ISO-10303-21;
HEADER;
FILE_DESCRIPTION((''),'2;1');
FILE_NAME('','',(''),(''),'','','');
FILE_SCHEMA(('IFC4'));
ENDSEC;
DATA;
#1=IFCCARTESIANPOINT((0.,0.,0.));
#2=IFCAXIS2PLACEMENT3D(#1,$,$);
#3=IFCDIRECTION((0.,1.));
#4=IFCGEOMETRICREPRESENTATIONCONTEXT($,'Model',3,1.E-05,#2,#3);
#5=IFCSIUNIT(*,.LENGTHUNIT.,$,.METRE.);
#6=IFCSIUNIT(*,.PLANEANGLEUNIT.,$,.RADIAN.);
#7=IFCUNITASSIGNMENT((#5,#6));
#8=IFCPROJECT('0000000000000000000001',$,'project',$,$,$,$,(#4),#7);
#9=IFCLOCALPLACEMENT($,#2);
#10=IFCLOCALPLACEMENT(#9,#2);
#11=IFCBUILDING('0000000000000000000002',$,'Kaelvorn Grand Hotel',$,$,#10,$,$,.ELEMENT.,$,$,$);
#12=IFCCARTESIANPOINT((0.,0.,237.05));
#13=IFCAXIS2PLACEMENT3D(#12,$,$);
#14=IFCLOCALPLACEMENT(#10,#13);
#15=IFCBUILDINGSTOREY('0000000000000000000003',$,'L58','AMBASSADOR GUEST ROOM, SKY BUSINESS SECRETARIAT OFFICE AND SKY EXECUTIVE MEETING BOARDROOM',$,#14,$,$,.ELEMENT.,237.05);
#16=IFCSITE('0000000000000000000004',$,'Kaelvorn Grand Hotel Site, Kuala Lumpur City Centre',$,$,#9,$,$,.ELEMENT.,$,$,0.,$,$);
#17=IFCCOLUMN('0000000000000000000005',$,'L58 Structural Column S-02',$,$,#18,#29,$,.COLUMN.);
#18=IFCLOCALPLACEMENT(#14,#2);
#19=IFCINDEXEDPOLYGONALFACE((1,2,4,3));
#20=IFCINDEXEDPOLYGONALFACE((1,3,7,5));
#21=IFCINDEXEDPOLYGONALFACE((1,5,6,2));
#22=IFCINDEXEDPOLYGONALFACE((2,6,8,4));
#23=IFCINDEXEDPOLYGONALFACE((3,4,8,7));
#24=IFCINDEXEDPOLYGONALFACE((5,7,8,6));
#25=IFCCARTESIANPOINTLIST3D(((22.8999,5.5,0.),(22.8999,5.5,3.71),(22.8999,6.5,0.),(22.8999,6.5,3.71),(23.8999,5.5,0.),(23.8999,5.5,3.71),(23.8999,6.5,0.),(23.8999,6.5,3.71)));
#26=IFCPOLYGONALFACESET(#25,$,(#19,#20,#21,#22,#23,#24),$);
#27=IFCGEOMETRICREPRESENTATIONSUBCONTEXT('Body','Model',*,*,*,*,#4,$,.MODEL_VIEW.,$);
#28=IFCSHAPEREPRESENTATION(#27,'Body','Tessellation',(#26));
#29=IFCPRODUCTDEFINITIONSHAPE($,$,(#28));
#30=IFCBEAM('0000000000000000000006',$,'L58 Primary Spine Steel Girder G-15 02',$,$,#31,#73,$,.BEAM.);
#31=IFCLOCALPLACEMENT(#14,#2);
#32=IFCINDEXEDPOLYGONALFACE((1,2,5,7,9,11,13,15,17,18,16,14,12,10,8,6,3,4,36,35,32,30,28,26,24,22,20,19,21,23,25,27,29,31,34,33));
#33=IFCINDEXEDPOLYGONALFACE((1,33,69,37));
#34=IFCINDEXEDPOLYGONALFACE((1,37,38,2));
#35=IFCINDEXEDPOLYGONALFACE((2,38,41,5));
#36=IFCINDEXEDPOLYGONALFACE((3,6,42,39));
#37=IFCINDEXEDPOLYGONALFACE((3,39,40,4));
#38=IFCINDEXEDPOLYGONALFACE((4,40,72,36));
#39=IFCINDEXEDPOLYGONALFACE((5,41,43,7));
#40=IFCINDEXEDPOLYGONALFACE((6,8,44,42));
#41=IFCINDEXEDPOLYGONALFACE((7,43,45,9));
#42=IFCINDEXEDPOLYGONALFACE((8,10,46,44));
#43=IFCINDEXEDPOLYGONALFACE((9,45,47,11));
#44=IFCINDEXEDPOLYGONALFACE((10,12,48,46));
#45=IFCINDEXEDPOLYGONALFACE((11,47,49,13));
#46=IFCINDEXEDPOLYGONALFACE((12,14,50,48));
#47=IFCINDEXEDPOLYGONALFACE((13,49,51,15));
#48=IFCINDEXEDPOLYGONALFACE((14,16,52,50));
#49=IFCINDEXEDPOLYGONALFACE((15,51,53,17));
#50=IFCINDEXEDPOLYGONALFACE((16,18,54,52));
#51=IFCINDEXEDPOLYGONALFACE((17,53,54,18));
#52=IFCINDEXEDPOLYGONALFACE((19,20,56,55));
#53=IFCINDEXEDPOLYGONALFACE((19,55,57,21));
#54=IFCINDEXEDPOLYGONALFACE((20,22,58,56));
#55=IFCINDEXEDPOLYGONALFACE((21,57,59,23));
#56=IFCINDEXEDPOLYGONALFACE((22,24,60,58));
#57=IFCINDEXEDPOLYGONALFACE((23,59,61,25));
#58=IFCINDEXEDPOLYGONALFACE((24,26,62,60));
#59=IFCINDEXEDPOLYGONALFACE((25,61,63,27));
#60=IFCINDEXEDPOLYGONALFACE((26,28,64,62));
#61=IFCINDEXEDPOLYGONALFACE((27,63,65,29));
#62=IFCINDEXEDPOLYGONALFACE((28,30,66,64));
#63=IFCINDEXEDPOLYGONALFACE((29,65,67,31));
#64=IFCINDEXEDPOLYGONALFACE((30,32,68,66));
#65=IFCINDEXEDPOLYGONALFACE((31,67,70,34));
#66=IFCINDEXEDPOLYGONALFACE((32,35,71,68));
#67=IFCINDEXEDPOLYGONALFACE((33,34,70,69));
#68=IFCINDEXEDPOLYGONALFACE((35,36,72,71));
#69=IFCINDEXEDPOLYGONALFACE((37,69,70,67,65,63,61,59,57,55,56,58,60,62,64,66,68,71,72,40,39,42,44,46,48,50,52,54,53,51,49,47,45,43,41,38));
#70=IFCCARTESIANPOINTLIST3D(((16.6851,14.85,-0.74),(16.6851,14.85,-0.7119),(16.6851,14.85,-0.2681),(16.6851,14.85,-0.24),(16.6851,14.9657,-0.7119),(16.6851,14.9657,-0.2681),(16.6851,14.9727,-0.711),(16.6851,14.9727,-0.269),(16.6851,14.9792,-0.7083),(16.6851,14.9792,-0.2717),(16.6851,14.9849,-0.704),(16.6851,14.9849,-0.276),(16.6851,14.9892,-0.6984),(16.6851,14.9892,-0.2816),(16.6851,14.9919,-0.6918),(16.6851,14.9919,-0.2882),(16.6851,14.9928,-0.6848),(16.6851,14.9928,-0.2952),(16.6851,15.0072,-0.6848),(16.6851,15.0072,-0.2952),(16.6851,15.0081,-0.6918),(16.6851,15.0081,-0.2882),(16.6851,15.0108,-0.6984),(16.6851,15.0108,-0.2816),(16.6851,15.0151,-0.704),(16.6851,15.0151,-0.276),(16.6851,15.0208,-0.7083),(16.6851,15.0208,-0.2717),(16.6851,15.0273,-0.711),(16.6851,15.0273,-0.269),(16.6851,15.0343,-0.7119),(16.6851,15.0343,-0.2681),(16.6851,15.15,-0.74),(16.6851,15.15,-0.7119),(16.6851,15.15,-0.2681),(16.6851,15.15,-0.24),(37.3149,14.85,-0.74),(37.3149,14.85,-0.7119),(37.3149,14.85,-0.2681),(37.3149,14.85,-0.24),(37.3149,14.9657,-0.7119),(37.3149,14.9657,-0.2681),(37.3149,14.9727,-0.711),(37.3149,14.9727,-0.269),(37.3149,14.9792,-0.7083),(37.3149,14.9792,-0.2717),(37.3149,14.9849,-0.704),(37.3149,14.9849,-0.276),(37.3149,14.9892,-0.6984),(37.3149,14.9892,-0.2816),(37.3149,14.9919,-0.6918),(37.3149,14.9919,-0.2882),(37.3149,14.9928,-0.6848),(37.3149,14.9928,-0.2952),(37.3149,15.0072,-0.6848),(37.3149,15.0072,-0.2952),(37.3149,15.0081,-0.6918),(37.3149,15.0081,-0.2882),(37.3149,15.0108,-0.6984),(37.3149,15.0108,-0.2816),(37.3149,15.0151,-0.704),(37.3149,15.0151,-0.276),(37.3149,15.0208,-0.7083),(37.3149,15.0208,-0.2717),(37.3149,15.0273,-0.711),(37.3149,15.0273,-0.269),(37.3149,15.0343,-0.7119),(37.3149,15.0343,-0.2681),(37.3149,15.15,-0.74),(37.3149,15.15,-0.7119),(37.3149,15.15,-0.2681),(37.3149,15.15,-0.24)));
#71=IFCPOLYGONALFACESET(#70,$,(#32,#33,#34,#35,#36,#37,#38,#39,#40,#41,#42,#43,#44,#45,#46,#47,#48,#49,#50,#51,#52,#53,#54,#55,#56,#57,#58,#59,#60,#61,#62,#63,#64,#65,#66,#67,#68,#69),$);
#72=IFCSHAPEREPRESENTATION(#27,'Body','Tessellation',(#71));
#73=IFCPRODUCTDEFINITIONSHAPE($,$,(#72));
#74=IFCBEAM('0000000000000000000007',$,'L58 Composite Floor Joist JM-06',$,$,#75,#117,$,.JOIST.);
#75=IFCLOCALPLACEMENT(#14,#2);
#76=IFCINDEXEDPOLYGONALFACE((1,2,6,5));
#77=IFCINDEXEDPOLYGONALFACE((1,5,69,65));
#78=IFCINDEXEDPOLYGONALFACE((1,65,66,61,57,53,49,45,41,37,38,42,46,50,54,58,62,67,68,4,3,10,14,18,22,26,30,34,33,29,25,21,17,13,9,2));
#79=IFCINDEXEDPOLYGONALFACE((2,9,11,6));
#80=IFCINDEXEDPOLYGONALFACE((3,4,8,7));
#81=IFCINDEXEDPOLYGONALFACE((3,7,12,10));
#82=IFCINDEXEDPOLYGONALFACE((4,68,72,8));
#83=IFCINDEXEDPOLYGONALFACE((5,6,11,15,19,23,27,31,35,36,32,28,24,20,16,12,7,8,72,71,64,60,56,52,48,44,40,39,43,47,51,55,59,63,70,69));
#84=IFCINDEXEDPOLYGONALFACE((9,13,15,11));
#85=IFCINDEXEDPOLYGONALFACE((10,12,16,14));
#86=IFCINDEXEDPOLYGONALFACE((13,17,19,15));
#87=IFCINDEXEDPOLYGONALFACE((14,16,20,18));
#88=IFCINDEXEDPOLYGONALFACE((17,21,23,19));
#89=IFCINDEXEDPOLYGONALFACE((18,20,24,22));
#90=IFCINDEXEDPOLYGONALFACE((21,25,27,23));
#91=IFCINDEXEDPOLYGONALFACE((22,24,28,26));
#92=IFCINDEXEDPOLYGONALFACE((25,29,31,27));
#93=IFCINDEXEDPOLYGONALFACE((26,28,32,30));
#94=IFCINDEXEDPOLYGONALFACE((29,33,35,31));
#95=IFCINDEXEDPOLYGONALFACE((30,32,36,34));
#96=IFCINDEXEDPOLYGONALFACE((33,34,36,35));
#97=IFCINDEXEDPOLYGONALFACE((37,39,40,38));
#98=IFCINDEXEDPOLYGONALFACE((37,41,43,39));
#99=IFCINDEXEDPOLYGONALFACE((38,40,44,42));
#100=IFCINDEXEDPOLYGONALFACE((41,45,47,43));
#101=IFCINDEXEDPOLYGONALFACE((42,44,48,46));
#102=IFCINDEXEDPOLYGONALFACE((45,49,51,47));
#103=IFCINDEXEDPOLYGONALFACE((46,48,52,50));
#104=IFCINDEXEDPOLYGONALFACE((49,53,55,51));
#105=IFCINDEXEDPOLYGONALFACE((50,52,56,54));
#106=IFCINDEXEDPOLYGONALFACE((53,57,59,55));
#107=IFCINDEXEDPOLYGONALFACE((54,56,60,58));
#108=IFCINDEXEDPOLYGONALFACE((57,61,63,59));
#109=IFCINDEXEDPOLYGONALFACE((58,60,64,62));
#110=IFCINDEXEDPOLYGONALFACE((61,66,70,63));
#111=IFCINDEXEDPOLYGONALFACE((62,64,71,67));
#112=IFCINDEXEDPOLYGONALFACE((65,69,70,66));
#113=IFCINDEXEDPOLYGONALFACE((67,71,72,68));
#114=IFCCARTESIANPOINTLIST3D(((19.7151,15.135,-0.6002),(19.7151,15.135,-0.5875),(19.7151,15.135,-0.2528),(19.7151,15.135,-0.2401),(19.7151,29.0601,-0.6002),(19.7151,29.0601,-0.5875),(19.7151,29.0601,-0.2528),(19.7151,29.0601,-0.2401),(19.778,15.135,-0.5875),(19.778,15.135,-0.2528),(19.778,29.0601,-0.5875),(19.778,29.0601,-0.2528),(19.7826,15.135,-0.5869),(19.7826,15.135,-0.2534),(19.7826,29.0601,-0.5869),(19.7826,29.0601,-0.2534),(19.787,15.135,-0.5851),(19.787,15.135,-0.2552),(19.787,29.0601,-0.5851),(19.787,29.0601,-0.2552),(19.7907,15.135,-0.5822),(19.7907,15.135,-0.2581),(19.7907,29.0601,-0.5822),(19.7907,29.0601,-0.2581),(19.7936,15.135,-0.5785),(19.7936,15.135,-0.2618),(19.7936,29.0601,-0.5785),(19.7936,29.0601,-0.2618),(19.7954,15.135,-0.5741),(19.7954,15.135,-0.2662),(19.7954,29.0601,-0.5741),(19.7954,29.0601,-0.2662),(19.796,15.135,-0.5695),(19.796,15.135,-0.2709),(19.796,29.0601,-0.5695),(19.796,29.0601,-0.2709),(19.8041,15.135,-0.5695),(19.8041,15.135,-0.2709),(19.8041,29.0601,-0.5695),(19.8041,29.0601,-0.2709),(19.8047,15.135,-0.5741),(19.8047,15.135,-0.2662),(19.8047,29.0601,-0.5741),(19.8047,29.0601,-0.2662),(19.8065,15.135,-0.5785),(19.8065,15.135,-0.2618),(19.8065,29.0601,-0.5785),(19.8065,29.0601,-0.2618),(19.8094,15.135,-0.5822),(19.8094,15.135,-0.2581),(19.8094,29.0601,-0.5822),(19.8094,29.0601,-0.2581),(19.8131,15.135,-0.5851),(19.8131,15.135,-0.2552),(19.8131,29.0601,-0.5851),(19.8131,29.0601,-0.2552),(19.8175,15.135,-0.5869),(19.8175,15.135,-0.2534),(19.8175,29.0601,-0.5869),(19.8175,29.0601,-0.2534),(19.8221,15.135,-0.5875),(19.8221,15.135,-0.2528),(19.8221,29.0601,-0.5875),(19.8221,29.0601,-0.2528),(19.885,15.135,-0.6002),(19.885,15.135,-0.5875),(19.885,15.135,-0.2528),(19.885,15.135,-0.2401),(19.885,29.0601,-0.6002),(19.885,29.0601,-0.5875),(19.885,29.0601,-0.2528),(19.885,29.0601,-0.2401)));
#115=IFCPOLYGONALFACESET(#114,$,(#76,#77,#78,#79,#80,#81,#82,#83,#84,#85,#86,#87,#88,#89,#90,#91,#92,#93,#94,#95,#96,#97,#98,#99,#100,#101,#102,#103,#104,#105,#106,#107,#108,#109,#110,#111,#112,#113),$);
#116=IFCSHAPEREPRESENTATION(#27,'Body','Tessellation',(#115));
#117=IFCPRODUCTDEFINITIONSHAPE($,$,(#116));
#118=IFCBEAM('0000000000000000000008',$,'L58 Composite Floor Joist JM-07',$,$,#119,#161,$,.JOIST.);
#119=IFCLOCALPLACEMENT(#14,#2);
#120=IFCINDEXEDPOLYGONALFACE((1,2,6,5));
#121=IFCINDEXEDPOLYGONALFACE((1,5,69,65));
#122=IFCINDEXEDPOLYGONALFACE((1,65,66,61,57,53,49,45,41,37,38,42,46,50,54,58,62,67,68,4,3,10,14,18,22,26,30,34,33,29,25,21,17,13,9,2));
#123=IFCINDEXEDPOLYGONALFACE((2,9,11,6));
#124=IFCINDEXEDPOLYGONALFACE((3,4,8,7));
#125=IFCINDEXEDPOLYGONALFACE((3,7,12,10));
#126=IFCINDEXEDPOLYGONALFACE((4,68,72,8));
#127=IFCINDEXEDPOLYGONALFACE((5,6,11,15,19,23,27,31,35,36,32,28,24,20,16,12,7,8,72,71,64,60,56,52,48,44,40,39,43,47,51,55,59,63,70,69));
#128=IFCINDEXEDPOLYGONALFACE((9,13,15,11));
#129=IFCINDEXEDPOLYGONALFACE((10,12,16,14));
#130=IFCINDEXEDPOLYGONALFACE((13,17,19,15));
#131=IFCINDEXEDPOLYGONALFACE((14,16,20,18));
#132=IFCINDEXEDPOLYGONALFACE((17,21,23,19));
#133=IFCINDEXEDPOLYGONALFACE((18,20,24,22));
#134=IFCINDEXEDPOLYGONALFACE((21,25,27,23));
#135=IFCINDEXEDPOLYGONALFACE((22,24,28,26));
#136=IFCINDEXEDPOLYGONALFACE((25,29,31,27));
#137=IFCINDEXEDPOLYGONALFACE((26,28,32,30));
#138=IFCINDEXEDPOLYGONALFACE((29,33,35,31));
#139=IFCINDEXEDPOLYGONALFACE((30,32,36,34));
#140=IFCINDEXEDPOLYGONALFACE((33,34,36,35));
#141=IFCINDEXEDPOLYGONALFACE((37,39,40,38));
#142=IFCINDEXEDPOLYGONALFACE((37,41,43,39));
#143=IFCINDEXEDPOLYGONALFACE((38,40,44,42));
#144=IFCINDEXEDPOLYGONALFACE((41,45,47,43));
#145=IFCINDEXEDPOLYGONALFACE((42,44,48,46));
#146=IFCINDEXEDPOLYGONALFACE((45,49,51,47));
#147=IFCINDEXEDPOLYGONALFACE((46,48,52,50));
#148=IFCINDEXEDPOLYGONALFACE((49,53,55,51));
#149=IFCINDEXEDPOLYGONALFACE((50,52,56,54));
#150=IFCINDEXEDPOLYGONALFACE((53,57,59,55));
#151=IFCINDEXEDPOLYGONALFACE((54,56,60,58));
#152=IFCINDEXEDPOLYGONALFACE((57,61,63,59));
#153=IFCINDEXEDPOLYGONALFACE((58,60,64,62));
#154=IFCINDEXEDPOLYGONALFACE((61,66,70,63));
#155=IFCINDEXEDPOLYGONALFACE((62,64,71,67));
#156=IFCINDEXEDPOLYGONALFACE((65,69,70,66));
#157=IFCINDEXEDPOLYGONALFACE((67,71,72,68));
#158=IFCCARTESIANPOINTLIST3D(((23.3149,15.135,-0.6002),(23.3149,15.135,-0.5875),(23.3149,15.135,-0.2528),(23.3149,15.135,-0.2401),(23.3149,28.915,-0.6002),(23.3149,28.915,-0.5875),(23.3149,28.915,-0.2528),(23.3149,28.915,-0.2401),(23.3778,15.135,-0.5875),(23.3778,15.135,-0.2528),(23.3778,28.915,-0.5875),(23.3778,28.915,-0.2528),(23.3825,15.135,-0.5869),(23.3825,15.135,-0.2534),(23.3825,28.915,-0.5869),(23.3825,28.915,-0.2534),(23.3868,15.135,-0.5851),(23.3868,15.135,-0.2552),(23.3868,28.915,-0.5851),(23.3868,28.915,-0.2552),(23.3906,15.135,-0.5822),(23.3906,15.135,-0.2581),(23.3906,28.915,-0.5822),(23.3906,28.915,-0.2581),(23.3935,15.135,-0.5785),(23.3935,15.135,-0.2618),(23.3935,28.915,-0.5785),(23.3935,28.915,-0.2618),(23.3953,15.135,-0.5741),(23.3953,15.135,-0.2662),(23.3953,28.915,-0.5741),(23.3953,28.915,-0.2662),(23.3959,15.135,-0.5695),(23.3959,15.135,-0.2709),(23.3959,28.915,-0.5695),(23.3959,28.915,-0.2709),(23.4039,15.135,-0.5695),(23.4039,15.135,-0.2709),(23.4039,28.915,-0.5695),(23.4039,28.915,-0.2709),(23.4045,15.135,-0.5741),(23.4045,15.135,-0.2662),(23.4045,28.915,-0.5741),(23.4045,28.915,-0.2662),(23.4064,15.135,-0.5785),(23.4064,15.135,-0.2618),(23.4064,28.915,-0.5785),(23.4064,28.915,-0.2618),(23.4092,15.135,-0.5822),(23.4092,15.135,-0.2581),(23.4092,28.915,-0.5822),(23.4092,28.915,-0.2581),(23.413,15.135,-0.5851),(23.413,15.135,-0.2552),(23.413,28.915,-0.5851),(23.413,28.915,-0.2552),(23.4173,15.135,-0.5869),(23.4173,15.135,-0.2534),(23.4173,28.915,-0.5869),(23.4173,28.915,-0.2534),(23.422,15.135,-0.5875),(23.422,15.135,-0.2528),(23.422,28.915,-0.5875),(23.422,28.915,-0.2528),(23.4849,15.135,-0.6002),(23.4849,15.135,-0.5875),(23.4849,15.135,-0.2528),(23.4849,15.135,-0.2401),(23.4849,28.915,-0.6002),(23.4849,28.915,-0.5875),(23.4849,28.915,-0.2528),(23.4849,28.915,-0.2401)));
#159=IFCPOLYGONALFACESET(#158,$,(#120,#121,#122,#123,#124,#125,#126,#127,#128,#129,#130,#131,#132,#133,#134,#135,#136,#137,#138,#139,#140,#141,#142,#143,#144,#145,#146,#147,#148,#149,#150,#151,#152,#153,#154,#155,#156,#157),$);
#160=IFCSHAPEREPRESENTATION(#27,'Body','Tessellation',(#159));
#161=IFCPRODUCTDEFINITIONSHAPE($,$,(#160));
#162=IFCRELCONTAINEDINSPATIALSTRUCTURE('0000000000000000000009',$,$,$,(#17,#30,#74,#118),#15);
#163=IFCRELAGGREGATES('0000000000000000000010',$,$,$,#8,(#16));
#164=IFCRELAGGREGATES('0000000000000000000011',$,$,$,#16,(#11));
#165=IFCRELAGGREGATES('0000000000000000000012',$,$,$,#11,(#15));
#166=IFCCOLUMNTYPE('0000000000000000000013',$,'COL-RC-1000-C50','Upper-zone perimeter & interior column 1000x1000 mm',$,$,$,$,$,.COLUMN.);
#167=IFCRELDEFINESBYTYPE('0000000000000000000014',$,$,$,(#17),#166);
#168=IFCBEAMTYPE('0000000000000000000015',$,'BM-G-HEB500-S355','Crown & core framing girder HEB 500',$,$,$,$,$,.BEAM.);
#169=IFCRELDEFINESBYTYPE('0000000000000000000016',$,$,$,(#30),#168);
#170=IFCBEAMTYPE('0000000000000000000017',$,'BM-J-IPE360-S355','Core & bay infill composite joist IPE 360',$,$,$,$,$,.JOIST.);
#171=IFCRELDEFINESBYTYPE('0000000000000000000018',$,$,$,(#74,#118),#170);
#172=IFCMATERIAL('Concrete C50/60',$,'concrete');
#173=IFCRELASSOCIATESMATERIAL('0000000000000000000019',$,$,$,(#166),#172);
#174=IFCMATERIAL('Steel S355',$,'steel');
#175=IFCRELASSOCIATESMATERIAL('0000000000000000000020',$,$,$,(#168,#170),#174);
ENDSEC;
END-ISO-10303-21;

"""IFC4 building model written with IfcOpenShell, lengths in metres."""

from ifc_helpers import new_model, si_unit, direction, frame, origin, origin_2d, place, context, subcontext, project, spatial, rectangle, i_section, extrude, material, material_profile, profile_set, type_object, element, save


model = new_model("IFC4")

# Units and contexts
model_context = context("Model", 3, precision=1e-05, world=origin(), true_north=direction((0.0, 1.0)))
body_context = subcontext(model_context, "Body", "Model", "MODEL_VIEW")
ifc_project = project(units=[si_unit("LENGTHUNIT", "METRE"), si_unit("PLANEANGLEUNIT", "RADIAN")], contexts=[model_context])

# Site, building, storey
site_placement = place(None, origin())
site = spatial("IfcSite", under=ifc_project, at=site_placement, Name="Kaelvorn Grand Hotel Site, Kuala Lumpur City Centre", CompositionType="ELEMENT", RefElevation=0.0)
building_placement = place(site_placement, origin())
building = spatial("IfcBuilding", under=site, at=building_placement, Name="Kaelvorn Grand Hotel", CompositionType="ELEMENT")
storey_placement = place(building_placement, frame((0.0, 0.0, 237.05)))
storey = spatial("IfcBuildingStorey", under=building, at=storey_placement, Name="L58", Description="AMBASSADOR GUEST ROOM, SKY BUSINESS SECRETARIAT OFFICE AND SKY EXECUTIVE MEETING BOARDROOM", CompositionType="ELEMENT", Elevation=237.05)

# Column
ifc_material_1 = material(Name="Concrete C50/60", Category="concrete")
ifc_material_profile_1 = material_profile(ifc_material_1, rectangle(XDim=1.0, YDim=1.0, at=origin_2d()), Name="RC COL 1000x1000")
ifc_profile_set_1 = profile_set([ifc_material_profile_1], Name="Concrete C50/60")
column_type = type_object("IfcColumnType", Name="COL-RC-1000-C50", Description="Upper-zone perimeter & interior column 1000x1000 mm", PredefinedType="COLUMN", material=ifc_profile_set_1)
column_placement = place(storey_placement, frame((23.3999, 6.0, 0.0), z_axis=(0.0, 0.0, 1.0), x_axis=(1.0, 0.0, 0.0)))
element("IfcColumn", 1, at=column_placement, inside=storey, type_object=column_type, Name="L58 Structural Column S-02", PredefinedType="COLUMN", context=body_context, shape_type="SweptSolid", body=[
    extrude(rectangle(XDim=1.0, YDim=1.0, at=origin_2d()), origin(), (0.0, 0.0, 1.0), 3.71),
])

# Beams
ifc_material_2 = material(Name="Steel S355", Category="steel")
ifc_material_profile_2 = material_profile(ifc_material_2, i_section(OverallWidth=0.3, OverallDepth=0.5, WebThickness=0.0144, FlangeThickness=0.0281, FilletRadius=0.0271, at=origin_2d()), Name="HEB 500")
ifc_profile_set_2 = profile_set([ifc_material_profile_2], Name="Steel S355")
beam_type_1 = type_object("IfcBeamType", Name="BM-G-HEB500-S355", Description="Crown & core framing girder HEB 500", PredefinedType="BEAM", material=ifc_profile_set_2)
beam_1_placement = place(storey_placement, frame((16.6851, 15.0, -0.49), z_axis=(1.0, 0.0, 0.0), x_axis=(0.0, 1.0, 0.0)))
element("IfcBeam", 2, at=beam_1_placement, inside=storey, type_object=beam_type_1, Name="L58 Primary Spine Steel Girder G-15 02", PredefinedType="BEAM", context=body_context, shape_type="SweptSolid", body=[
    extrude(i_section(OverallWidth=0.3, OverallDepth=0.5, WebThickness=0.0144, FlangeThickness=0.0281, FilletRadius=0.0271, at=origin_2d()), origin(), (0.0, 0.0, 1.0), 20.6299),
])
ifc_material_profile_3 = material_profile(ifc_material_2, i_section(OverallWidth=0.1699, OverallDepth=0.3601, WebThickness=0.0081, FlangeThickness=0.0127, FilletRadius=0.0181, at=origin_2d()), Name="IPE 360")
ifc_profile_set_3 = profile_set([ifc_material_profile_3], Name="Steel S355")
beam_type_2 = type_object("IfcBeamType", Name="BM-J-IPE360-S355", Description="Core & bay infill composite joist IPE 360", PredefinedType="JOIST", material=ifc_profile_set_3)
beam_2_placement = place(storey_placement, frame((19.8, 15.135, -0.4202), z_axis=(0.0, 1.0, 0.0), x_axis=(-1.0, 0.0, 0.0)))
element("IfcBeam", 3, at=beam_2_placement, inside=storey, type_object=beam_type_2, Name="L58 Composite Floor Joist JM-06", PredefinedType="JOIST", context=body_context, shape_type="SweptSolid", body=[
    extrude(i_section(OverallWidth=0.1699, OverallDepth=0.3601, WebThickness=0.0081, FlangeThickness=0.0127, FilletRadius=0.0181, at=origin_2d()), origin(), (0.0, 0.0, 1.0), 13.925),
])
beam_3_placement = place(storey_placement, frame((23.3999, 15.135, -0.4202), z_axis=(0.0, 1.0, 0.0), x_axis=(-1.0, 0.0, 0.0)))
element("IfcBeam", 4, at=beam_3_placement, inside=storey, type_object=beam_type_2, Name="L58 Composite Floor Joist JM-07", PredefinedType="JOIST", context=body_context, shape_type="SweptSolid", body=[
    extrude(i_section(OverallWidth=0.1699, OverallDepth=0.3601, WebThickness=0.0081, FlangeThickness=0.0127, FilletRadius=0.0181, at=origin_2d()), origin(), (0.0, 0.0, 1.0), 13.78),
])

save(model, "model.ifc")
